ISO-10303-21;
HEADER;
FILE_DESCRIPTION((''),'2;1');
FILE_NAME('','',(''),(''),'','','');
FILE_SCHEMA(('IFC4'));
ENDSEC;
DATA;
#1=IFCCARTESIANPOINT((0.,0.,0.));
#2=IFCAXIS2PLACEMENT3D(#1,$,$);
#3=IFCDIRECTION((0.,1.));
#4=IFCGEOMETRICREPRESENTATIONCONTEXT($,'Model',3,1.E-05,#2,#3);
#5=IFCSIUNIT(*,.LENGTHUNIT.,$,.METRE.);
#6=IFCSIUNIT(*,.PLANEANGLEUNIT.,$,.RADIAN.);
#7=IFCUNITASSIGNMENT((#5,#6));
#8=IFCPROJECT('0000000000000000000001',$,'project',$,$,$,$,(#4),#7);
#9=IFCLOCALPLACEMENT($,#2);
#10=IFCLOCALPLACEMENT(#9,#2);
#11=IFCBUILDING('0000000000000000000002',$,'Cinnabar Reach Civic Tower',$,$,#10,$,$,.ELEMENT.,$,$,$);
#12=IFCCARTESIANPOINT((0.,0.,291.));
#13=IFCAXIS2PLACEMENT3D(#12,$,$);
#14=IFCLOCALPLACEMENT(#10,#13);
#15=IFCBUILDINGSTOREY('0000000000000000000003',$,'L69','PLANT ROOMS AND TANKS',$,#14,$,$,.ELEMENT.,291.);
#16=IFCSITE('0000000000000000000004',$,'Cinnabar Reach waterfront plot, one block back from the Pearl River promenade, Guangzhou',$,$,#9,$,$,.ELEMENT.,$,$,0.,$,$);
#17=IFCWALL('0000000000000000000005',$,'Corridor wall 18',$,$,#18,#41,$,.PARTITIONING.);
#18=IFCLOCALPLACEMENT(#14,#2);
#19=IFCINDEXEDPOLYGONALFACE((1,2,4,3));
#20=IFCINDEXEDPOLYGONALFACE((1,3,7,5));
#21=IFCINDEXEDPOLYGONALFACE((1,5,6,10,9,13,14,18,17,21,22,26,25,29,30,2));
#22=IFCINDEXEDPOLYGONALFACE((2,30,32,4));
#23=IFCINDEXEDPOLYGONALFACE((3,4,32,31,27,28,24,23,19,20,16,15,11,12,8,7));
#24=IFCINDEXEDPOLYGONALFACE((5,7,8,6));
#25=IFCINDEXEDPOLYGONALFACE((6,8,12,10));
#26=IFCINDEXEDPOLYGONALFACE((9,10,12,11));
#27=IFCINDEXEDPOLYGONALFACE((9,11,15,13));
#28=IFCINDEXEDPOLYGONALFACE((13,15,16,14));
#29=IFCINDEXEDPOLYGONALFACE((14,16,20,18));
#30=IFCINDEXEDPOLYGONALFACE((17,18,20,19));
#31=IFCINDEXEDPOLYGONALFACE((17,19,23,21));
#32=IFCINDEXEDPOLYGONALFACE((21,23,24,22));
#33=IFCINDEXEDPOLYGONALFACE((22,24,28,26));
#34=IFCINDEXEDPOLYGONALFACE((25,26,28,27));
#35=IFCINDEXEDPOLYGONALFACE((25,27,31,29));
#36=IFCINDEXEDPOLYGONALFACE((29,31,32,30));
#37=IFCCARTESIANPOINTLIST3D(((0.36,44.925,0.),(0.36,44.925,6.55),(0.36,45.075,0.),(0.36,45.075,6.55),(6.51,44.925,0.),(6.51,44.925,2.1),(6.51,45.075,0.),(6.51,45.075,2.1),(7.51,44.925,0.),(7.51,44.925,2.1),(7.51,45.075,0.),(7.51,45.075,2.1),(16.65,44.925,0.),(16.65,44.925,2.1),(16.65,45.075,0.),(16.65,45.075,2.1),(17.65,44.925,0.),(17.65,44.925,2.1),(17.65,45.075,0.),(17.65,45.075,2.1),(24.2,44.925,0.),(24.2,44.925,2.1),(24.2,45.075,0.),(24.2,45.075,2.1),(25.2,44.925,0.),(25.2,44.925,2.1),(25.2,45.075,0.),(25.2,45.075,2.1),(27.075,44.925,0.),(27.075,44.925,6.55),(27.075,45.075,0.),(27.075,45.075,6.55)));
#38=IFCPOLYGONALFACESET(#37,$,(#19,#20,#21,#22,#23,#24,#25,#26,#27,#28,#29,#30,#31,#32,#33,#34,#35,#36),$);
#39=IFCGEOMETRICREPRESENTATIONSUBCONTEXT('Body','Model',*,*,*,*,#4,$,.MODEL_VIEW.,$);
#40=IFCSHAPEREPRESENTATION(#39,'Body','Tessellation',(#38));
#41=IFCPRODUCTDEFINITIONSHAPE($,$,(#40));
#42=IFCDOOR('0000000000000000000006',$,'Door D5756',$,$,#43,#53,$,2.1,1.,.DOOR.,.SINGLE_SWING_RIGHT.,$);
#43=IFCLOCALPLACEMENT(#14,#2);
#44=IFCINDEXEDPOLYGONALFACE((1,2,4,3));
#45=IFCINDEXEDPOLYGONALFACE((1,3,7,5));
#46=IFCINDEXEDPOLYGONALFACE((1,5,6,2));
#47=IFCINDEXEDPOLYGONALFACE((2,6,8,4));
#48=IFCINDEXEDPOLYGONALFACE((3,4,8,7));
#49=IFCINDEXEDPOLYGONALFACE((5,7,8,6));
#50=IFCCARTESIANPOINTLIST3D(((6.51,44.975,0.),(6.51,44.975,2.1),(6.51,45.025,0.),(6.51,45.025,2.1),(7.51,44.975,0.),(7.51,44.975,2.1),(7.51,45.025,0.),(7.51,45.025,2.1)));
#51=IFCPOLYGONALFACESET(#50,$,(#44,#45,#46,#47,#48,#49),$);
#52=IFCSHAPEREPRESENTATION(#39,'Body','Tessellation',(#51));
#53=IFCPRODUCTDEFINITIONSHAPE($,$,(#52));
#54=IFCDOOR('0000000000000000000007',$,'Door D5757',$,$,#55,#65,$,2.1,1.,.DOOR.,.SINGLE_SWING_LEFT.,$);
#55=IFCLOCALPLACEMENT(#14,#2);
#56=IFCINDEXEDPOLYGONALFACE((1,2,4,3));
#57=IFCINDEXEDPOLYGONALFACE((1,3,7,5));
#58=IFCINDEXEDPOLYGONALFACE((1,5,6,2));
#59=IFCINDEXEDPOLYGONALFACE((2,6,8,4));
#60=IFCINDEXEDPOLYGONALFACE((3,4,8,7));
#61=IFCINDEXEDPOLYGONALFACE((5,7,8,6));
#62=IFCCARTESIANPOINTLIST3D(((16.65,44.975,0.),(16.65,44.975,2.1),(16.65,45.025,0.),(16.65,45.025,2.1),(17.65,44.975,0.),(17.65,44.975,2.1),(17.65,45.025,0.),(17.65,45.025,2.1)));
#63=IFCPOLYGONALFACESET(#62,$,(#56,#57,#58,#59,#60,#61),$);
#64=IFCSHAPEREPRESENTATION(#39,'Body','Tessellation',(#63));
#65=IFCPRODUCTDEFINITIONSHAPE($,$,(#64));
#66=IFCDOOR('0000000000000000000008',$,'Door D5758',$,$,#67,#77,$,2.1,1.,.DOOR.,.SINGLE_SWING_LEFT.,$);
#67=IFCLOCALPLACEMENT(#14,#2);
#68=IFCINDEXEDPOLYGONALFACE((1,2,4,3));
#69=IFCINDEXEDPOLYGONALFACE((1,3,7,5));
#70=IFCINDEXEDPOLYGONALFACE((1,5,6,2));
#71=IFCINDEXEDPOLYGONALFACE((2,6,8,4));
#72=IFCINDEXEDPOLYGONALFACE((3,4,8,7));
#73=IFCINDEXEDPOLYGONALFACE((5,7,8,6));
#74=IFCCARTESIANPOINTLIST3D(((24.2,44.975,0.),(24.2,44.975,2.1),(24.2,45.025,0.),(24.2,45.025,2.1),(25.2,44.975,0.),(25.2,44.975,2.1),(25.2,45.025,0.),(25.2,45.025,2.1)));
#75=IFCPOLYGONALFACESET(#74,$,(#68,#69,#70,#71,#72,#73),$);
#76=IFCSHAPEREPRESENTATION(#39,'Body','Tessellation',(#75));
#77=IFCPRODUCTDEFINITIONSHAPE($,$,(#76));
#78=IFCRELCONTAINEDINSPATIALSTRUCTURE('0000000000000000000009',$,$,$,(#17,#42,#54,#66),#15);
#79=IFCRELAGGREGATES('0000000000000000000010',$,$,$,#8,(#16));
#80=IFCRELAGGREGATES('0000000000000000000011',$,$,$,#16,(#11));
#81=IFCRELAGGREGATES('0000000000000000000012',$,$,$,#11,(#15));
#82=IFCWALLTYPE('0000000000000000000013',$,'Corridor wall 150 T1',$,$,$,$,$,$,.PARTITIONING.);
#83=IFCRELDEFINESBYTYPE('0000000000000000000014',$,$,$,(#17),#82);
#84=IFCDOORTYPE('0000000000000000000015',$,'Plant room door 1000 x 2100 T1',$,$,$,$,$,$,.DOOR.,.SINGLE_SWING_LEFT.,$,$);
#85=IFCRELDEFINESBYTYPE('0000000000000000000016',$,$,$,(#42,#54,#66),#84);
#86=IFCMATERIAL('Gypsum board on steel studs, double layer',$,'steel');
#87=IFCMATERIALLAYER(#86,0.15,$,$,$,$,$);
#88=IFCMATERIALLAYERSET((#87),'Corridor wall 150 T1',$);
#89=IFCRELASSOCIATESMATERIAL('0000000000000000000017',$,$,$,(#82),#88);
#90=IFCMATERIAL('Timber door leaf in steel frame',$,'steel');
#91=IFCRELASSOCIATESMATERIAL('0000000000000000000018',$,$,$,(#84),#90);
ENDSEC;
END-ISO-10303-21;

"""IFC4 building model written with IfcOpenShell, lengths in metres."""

from ifc_helpers import new_model, si_unit, direction, frame, frame_2d, origin, place, context, subcontext, project, spatial, rectangle, extrude, material, layer, layer_set, type_object, element, fill, save


model = new_model("IFC4")

# Units and contexts
model_context = context("Model", 3, precision=1e-05, world=origin(), true_north=direction((0.0, 1.0)))
body_context = subcontext(model_context, "Body", "Model", "MODEL_VIEW")
ifc_project = project(units=[si_unit("LENGTHUNIT", "METRE"), si_unit("PLANEANGLEUNIT", "RADIAN")], contexts=[model_context])

# Site, building, storey
site_placement = place(None, origin())
site = spatial("IfcSite", under=ifc_project, at=site_placement, Name="Cinnabar Reach waterfront plot, one block back from the Pearl River promenade, Guangzhou", CompositionType="ELEMENT", RefElevation=0.0)
building_placement = place(site_placement, origin())
building = spatial("IfcBuilding", under=site, at=building_placement, Name="Cinnabar Reach Civic Tower", CompositionType="ELEMENT")
storey_placement = place(building_placement, frame((0.0, 0.0, 291.0)))
storey = spatial("IfcBuildingStorey", under=building, at=storey_placement, Name="L69", Description="PLANT ROOMS AND TANKS", CompositionType="ELEMENT", Elevation=291.0)

# Wall, openings, doors
ifc_material_1 = material(Name="Gypsum board on steel studs, double layer", Category="steel")
ifc_layer = layer(ifc_material_1, 0.15)
ifc_layer_set = layer_set([ifc_layer], Name="Corridor wall 150 T1")
wall_type = type_object("IfcWallType", Name="Corridor wall 150 T1", PredefinedType="PARTITIONING", material=ifc_layer_set)
wall_placement = place(storey_placement, frame((0.36, 45.0, 0.0), z_axis=(0.0, 0.0, 1.0), x_axis=(1.0, 0.0, 0.0)))
wall = element("IfcWall", 1, at=wall_placement, inside=storey, type_object=wall_type, Name="Corridor wall 18", PredefinedType="PARTITIONING", context=body_context, shape_type="SweptSolid", body=[
    extrude(rectangle(XDim=26.715, YDim=0.15, at=frame_2d((13.3575, 0.0))), origin(), (0.0, 0.0, 1.0), 6.55),
])
opening_1_placement = place(wall_placement, frame((6.15, 0.0, 0.0)))
opening_1 = element("IfcOpeningElement", 2, at=opening_1_placement, cuts=wall, PredefinedType="OPENING", context=body_context, shape_type="SweptSolid", body=[
    extrude(rectangle(XDim=1.0, YDim=2.1, at=frame_2d((0.5, 1.05))), frame((0.0, 0.085, 0.0), z_axis=(0.0, -1.0, 0.0), x_axis=(1.0, 0.0, 0.0)), (0.0, 0.0, 1.0), 0.17),
])
opening_2_placement = place(wall_placement, frame((16.29, 0.0, 0.0)))
opening_2 = element("IfcOpeningElement", 3, at=opening_2_placement, cuts=wall, PredefinedType="OPENING", context=body_context, shape_type="SweptSolid", body=[
    extrude(rectangle(XDim=1.0, YDim=2.1, at=frame_2d((0.5, 1.05))), frame((0.0, 0.085, 0.0), z_axis=(0.0, -1.0, 0.0), x_axis=(1.0, 0.0, 0.0)), (0.0, 0.0, 1.0), 0.17),
])
opening_3_placement = place(wall_placement, frame((23.84, 0.0, 0.0)))
opening_3 = element("IfcOpeningElement", 4, at=opening_3_placement, cuts=wall, PredefinedType="OPENING", context=body_context, shape_type="SweptSolid", body=[
    extrude(rectangle(XDim=1.0, YDim=2.1, at=frame_2d((0.5, 1.05))), frame((0.0, 0.085, 0.0), z_axis=(0.0, -1.0, 0.0), x_axis=(1.0, 0.0, 0.0)), (0.0, 0.0, 1.0), 0.17),
])
ifc_material_2 = material(Name="Timber door leaf in steel frame", Category="steel")
door_type = type_object("IfcDoorType", Name="Plant room door 1000 x 2100 T1", OperationType="SINGLE_SWING_LEFT", PredefinedType="DOOR", material=ifc_material_2)
door_1_placement = place(opening_1_placement, origin())
door_1 = element("IfcDoor", 5, at=door_1_placement, inside=storey, type_object=door_type, Name="Door D5756", OperationType="SINGLE_SWING_RIGHT", OverallHeight=2.1, OverallWidth=1.0, PredefinedType="DOOR", context=body_context, shape_type="SweptSolid", body=[
    extrude(rectangle(XDim=1.0, YDim=2.1, at=frame_2d((0.5, 1.05))), frame((0.0, 0.025, 0.0), z_axis=(0.0, -1.0, 0.0), x_axis=(1.0, 0.0, 0.0)), (0.0, 0.0, 1.0), 0.05),
])
fill(opening_1, door_1)
door_2_placement = place(opening_2_placement, origin())
door_2 = element("IfcDoor", 6, at=door_2_placement, inside=storey, type_object=door_type, Name="Door D5757", OperationType="SINGLE_SWING_LEFT", OverallHeight=2.1, OverallWidth=1.0, PredefinedType="DOOR", context=body_context, shape_type="SweptSolid", body=[
    extrude(rectangle(XDim=1.0, YDim=2.1, at=frame_2d((0.5, 1.05))), frame((0.0, 0.025, 0.0), z_axis=(0.0, -1.0, 0.0), x_axis=(1.0, 0.0, 0.0)), (0.0, 0.0, 1.0), 0.05),
])
fill(opening_2, door_2)
door_3_placement = place(opening_3_placement, origin())
door_3 = element("IfcDoor", 7, at=door_3_placement, inside=storey, type_object=door_type, Name="Door D5758", OperationType="SINGLE_SWING_LEFT", OverallHeight=2.1, OverallWidth=1.0, PredefinedType="DOOR", context=body_context, shape_type="SweptSolid", body=[
    extrude(rectangle(XDim=1.0, YDim=2.1, at=frame_2d((0.5, 1.05))), frame((0.0, 0.025, 0.0), z_axis=(0.0, -1.0, 0.0), x_axis=(1.0, 0.0, 0.0)), (0.0, 0.0, 1.0), 0.05),
])
fill(opening_3, door_3)

save(model, "model.ifc")
